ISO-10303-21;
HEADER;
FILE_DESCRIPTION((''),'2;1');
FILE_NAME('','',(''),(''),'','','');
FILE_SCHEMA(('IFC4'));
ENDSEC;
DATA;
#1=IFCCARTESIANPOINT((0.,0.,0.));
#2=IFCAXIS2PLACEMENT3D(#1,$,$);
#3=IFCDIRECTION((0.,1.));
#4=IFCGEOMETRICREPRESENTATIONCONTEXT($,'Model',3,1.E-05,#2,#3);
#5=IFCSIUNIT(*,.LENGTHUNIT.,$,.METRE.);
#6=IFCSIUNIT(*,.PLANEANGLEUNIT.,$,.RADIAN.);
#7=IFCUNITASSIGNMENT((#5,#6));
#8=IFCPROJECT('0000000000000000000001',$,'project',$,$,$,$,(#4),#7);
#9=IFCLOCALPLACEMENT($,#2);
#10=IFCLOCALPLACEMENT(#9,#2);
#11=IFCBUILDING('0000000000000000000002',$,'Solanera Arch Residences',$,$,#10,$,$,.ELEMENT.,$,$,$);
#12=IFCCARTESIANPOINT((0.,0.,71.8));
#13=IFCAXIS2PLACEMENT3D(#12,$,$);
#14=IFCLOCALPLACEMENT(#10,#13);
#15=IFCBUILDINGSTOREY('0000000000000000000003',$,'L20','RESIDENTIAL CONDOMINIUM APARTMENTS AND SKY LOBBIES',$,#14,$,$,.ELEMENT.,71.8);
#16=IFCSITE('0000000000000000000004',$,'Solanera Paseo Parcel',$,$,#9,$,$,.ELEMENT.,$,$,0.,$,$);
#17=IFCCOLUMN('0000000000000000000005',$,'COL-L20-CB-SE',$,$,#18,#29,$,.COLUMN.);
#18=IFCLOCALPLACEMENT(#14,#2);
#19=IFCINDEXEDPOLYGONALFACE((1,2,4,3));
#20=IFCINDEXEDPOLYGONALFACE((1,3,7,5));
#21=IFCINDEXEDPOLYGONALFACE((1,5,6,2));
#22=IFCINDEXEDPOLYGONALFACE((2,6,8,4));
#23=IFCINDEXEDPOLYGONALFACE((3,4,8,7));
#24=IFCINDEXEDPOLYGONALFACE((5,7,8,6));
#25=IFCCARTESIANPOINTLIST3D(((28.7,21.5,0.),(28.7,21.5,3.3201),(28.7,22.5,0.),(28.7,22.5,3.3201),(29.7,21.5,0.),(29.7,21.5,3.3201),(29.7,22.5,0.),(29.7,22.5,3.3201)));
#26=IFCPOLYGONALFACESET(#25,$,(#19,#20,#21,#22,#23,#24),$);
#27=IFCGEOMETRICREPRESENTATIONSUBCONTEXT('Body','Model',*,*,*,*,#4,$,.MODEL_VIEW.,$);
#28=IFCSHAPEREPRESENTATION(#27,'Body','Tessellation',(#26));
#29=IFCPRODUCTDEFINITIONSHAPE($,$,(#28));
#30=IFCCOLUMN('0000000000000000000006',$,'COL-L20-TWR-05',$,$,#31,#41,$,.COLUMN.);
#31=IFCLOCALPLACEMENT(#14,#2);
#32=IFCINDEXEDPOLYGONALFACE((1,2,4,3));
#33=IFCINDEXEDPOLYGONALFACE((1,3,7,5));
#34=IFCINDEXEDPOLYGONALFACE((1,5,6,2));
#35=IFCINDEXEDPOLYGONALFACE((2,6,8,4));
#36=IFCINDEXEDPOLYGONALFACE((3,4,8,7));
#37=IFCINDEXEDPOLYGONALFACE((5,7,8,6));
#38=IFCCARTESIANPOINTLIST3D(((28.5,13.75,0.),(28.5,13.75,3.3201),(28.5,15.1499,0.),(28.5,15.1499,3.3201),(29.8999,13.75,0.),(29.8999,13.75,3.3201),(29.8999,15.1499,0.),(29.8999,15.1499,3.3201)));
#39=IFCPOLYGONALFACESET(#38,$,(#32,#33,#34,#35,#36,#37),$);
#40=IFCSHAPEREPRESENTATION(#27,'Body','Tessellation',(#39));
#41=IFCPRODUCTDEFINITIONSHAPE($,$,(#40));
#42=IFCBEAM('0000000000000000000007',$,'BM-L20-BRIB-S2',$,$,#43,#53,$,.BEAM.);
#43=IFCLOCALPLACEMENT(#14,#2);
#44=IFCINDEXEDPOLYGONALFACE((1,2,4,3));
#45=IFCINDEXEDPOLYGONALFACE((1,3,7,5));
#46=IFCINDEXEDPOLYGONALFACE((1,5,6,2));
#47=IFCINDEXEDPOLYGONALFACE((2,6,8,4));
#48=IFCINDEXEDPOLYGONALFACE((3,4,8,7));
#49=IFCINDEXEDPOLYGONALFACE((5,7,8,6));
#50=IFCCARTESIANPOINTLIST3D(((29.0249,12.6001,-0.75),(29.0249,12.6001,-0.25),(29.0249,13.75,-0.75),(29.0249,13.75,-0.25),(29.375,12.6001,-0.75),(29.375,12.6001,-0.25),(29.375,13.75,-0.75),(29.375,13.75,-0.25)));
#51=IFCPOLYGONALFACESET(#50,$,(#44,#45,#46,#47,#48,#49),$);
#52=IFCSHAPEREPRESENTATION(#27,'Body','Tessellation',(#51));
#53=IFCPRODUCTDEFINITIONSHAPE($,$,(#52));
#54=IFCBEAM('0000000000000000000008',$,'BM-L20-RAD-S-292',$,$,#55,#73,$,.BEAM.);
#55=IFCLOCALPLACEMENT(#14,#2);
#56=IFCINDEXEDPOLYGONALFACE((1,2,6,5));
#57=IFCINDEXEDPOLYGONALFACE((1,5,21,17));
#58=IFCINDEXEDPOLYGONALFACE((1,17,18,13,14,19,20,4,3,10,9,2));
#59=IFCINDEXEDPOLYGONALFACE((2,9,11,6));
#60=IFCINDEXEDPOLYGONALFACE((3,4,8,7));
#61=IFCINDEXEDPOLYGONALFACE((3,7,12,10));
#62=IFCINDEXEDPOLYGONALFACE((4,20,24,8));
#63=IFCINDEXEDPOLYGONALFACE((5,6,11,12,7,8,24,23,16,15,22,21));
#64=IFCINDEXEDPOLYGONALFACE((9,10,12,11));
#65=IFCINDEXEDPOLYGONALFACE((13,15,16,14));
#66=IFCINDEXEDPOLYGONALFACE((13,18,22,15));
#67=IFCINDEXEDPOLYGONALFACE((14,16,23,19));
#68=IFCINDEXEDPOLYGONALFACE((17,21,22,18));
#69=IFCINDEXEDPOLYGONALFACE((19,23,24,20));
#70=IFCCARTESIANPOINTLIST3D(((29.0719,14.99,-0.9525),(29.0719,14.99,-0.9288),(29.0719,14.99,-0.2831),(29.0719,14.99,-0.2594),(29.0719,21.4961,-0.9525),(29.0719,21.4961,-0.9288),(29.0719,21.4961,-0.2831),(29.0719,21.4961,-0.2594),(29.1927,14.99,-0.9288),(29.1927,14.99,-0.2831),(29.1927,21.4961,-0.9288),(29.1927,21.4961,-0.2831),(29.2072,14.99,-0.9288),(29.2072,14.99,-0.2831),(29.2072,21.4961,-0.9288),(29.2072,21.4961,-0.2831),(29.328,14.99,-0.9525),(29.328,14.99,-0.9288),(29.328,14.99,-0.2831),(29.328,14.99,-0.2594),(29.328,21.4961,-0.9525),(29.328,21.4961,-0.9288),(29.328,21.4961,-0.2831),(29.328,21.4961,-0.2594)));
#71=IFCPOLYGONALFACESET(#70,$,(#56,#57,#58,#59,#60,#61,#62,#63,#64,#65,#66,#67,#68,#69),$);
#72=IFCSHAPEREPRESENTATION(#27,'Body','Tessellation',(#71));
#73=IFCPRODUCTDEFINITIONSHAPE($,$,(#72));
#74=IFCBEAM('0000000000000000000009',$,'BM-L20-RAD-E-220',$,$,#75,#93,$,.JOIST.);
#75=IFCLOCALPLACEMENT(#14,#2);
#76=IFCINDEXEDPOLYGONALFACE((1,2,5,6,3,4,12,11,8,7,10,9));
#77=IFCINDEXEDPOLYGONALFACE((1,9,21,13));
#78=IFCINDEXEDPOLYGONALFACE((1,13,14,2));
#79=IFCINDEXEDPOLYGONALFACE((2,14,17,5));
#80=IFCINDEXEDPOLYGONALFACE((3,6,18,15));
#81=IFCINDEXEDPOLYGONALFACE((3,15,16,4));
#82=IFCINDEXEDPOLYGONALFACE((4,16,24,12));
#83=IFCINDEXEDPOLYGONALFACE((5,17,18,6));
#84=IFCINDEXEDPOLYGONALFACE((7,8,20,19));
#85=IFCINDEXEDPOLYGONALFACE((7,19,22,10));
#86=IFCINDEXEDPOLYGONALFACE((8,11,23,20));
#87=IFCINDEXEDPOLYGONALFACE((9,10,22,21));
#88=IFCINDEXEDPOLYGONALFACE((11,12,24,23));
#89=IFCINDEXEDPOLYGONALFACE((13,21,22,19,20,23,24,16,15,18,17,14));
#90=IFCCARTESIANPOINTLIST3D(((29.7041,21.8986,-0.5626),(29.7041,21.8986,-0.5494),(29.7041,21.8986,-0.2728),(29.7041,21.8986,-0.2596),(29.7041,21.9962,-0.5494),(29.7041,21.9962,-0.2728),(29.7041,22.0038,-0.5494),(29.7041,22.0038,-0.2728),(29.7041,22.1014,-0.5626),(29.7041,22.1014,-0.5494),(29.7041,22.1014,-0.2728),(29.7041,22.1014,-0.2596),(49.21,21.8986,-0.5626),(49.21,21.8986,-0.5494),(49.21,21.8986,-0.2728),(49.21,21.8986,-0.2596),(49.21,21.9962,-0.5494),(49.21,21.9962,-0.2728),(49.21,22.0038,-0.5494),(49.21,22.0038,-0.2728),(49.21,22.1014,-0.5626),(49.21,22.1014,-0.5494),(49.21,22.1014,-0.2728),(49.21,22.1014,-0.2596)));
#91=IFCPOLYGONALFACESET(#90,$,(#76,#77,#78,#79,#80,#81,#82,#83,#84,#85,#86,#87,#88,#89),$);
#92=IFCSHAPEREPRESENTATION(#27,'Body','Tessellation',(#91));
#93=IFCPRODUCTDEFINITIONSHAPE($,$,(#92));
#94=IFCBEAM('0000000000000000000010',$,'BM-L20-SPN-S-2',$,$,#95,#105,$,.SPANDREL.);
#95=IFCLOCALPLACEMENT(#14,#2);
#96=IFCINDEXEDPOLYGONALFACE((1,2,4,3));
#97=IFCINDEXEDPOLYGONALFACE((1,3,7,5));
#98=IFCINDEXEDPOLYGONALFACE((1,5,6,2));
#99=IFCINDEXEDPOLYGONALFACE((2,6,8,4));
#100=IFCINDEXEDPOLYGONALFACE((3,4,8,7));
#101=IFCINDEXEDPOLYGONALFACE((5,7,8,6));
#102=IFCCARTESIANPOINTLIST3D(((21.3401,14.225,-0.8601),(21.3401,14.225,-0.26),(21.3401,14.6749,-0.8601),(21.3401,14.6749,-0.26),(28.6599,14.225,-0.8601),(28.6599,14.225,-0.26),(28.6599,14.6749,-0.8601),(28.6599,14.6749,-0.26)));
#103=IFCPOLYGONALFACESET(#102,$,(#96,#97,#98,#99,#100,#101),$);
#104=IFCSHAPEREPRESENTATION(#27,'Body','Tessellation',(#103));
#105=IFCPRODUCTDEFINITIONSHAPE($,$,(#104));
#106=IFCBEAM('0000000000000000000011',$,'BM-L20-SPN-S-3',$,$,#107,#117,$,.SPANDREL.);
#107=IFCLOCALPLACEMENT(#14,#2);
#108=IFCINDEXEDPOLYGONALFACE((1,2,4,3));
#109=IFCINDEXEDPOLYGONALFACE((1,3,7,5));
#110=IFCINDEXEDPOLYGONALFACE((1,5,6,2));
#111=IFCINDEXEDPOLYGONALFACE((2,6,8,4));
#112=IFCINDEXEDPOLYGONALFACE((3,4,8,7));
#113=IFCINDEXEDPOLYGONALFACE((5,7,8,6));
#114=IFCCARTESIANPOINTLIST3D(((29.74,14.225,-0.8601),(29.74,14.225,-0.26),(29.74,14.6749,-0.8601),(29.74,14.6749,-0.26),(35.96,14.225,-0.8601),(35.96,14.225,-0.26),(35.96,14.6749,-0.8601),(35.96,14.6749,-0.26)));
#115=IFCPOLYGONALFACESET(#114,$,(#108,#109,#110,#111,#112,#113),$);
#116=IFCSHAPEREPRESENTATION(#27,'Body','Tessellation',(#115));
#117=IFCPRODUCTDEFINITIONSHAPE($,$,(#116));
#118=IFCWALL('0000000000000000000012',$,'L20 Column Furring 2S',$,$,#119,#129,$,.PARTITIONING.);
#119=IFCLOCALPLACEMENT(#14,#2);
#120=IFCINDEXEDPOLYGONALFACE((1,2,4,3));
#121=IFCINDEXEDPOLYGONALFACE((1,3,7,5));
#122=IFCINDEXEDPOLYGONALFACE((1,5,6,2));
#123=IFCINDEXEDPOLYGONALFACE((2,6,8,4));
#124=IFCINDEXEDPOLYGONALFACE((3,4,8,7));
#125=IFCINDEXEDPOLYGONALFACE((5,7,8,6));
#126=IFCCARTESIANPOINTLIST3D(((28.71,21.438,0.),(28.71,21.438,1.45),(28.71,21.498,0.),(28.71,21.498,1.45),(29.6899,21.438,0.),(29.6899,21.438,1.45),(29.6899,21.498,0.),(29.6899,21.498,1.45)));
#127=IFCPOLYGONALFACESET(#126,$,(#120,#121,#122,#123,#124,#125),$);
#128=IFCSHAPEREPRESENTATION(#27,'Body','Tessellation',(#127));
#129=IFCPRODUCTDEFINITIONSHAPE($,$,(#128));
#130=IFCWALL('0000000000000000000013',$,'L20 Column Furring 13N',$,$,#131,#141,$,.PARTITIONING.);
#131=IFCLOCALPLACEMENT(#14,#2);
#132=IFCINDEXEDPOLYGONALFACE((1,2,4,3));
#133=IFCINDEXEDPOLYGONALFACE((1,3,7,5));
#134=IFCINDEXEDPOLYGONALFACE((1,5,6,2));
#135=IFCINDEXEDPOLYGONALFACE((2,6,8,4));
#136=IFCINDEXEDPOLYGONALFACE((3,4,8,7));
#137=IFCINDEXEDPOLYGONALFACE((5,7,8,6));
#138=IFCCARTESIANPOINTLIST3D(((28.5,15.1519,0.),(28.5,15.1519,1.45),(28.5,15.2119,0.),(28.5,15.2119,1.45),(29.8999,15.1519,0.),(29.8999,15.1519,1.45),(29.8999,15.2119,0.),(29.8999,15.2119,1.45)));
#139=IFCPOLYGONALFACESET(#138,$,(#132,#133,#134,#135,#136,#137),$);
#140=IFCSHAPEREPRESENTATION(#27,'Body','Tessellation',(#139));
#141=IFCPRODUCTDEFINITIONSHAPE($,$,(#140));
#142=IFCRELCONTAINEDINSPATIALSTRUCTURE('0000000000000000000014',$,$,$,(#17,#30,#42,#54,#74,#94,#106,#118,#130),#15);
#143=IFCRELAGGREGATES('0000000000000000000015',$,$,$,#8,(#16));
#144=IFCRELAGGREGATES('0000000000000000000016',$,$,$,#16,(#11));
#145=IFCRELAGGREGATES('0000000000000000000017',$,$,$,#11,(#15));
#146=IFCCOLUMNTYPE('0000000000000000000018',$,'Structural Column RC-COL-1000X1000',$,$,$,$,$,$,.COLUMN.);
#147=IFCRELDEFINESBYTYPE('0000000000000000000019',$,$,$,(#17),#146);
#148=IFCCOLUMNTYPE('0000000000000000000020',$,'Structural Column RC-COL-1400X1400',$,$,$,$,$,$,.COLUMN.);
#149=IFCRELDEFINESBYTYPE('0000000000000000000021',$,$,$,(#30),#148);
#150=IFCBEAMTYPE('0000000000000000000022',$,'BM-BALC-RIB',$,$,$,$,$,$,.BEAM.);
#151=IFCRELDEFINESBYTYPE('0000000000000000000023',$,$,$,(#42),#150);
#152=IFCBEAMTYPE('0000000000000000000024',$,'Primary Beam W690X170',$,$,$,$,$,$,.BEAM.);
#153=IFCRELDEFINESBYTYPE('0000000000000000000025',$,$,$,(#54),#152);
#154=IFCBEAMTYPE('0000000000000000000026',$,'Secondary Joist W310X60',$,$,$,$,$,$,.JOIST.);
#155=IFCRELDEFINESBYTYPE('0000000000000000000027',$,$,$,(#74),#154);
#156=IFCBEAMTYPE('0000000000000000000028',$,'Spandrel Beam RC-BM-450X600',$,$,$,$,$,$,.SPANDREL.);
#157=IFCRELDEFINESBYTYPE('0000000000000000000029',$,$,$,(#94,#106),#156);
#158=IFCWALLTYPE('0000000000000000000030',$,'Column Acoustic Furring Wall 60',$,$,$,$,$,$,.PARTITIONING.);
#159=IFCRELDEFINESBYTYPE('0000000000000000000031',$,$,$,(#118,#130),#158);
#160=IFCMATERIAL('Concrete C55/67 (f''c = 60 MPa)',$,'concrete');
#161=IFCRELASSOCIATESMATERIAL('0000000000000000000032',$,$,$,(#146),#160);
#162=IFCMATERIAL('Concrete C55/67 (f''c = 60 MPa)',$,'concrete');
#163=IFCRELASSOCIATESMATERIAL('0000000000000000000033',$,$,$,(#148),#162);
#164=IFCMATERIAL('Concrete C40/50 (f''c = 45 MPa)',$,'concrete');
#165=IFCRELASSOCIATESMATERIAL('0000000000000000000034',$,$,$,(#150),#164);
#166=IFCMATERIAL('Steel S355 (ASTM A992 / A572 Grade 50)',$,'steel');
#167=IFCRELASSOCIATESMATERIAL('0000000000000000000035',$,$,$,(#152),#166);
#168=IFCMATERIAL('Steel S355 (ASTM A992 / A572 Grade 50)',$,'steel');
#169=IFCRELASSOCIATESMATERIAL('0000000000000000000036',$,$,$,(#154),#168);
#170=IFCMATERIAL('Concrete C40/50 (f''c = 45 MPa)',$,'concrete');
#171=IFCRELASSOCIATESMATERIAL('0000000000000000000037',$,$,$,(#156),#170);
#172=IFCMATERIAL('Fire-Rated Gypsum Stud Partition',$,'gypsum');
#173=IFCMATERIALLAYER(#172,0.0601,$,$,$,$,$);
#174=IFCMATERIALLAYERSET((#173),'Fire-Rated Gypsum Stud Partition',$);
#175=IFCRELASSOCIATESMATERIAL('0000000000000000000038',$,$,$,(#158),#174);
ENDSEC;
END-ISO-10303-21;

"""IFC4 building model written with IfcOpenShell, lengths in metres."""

from ifc_helpers import new_model, si_unit, direction, frame, frame_2d, origin, origin_2d, place, context, subcontext, project, spatial, rectangle, i_section, extrude, material, layer, layer_set, material_profile, profile_set, type_object, element, save


model = new_model("IFC4")

# Units and contexts
model_context = context("Model", 3, precision=1e-05, world=origin(), true_north=direction((0.0, 1.0)))
body_context = subcontext(model_context, "Body", "Model", "MODEL_VIEW")
ifc_project = project(units=[si_unit("LENGTHUNIT", "METRE"), si_unit("PLANEANGLEUNIT", "RADIAN")], contexts=[model_context])

# Site, building, storey
site_placement = place(None, origin())
site = spatial("IfcSite", under=ifc_project, at=site_placement, Name="Solanera Paseo Parcel", CompositionType="ELEMENT", RefElevation=0.0)
building_placement = place(site_placement, origin())
building = spatial("IfcBuilding", under=site, at=building_placement, Name="Solanera Arch Residences", CompositionType="ELEMENT")
storey_placement = place(building_placement, frame((0.0, 0.0, 71.8)))
storey = spatial("IfcBuildingStorey", under=building, at=storey_placement, Name="L20", Description="RESIDENTIAL CONDOMINIUM APARTMENTS AND SKY LOBBIES", CompositionType="ELEMENT", Elevation=71.8)

# Columns
ifc_material_1 = material(Name="Concrete C55/67 (f'c = 60 MPa)", Category="concrete")
ifc_material_profile_1 = material_profile(ifc_material_1, rectangle(XDim=1.0, YDim=1.0, at=origin_2d()))
ifc_profile_set_1 = profile_set([ifc_material_profile_1], Name="Concrete C55/67 (f'c = 60 MPa)")
column_type_1 = type_object("IfcColumnType", Name="Structural Column RC-COL-1000X1000", PredefinedType="COLUMN", material=ifc_profile_set_1)
column_1_placement = place(storey_placement, frame((29.2, 22.0, 0.0), z_axis=(0.0, 0.0, 1.0), x_axis=(1.0, 0.0, 0.0)))
element("IfcColumn", 1, at=column_1_placement, inside=storey, type_object=column_type_1, Name="COL-L20-CB-SE", PredefinedType="COLUMN", context=body_context, shape_type="SweptSolid", body=[
    extrude(rectangle(XDim=1.0, YDim=1.0, at=origin_2d()), origin(), (0.0, 0.0, 1.0), 3.3201),
])
ifc_material_2 = material(Name="Concrete C55/67 (f'c = 60 MPa)", Category="concrete")
ifc_material_profile_2 = material_profile(ifc_material_2, rectangle(XDim=1.3999, YDim=1.3999, at=origin_2d()))
ifc_profile_set_2 = profile_set([ifc_material_profile_2], Name="Concrete C55/67 (f'c = 60 MPa)")
column_type_2 = type_object("IfcColumnType", Name="Structural Column RC-COL-1400X1400", PredefinedType="COLUMN", material=ifc_profile_set_2)
column_2_placement = place(storey_placement, frame((29.2, 14.45, 0.0), z_axis=(0.0, 0.0, 1.0), x_axis=(1.0, 0.0, 0.0)))
element("IfcColumn", 2, at=column_2_placement, inside=storey, type_object=column_type_2, Name="COL-L20-TWR-05", PredefinedType="COLUMN", context=body_context, shape_type="SweptSolid", body=[
    extrude(rectangle(XDim=1.3999, YDim=1.3999, at=origin_2d()), origin(), (0.0, 0.0, 1.0), 3.3201),
])

# Beams
ifc_material_3 = material(Name="Concrete C40/50 (f'c = 45 MPa)", Category="concrete")
ifc_material_profile_3 = material_profile(ifc_material_3, rectangle(XDim=0.3501, YDim=0.5, at=origin_2d()))
ifc_profile_set_3 = profile_set([ifc_material_profile_3], Name="Concrete C40/50 (f'c = 45 MPa)")
beam_type_1 = type_object("IfcBeamType", Name="BM-BALC-RIB", PredefinedType="BEAM", material=ifc_profile_set_3)
beam_1_placement = place(storey_placement, frame((29.2, 12.6001, -0.5), z_axis=(0.0, 1.0, 0.0), x_axis=(-1.0, 0.0, 0.0)))
element("IfcBeam", 3, at=beam_1_placement, inside=storey, type_object=beam_type_1, Name="BM-L20-BRIB-S2", PredefinedType="BEAM", context=body_context, shape_type="SweptSolid", body=[
    extrude(rectangle(XDim=0.3501, YDim=0.5, at=origin_2d()), origin(), (0.0, 0.0, 1.0), 1.1499),
])
ifc_material_4 = material(Name="Steel S355 (ASTM A992 / A572 Grade 50)", Category="steel")
ifc_material_profile_4 = material_profile(ifc_material_4, i_section(OverallWidth=0.2561, OverallDepth=0.6931, WebThickness=0.0144, FlangeThickness=0.0237, at=origin_2d()))
ifc_profile_set_4 = profile_set([ifc_material_profile_4], Name="Steel S355 (ASTM A992 / A572 Grade 50)")
beam_type_2 = type_object("IfcBeamType", Name="Primary Beam W690X170", PredefinedType="BEAM", material=ifc_profile_set_4)
beam_2_placement = place(storey_placement, frame((29.2, 14.99, -0.606), z_axis=(0.0, 1.0, 0.0), x_axis=(-1.0, 0.0, 0.0)))
element("IfcBeam", 4, at=beam_2_placement, inside=storey, type_object=beam_type_2, Name="BM-L20-RAD-S-292", PredefinedType="BEAM", context=body_context, shape_type="SweptSolid", body=[
    extrude(i_section(OverallWidth=0.2561, OverallDepth=0.6931, WebThickness=0.0144, FlangeThickness=0.0237, at=origin_2d()), origin(), (0.0, 0.0, 1.0), 6.5061),
])
ifc_material_5 = material(Name="Steel S355 (ASTM A992 / A572 Grade 50)", Category="steel")
ifc_material_profile_5 = material_profile(ifc_material_5, i_section(OverallWidth=0.2029, OverallDepth=0.303, WebThickness=0.0076, FlangeThickness=0.0132, at=origin_2d()))
ifc_profile_set_5 = profile_set([ifc_material_profile_5], Name="Steel S355 (ASTM A992 / A572 Grade 50)")
beam_type_3 = type_object("IfcBeamType", Name="Secondary Joist W310X60", PredefinedType="JOIST", material=ifc_profile_set_5)
beam_3_placement = place(storey_placement, frame((29.7041, 22.0, -0.4111), z_axis=(1.0, 0.0, 0.0), x_axis=(0.0, 1.0, 0.0)))
element("IfcBeam", 5, at=beam_3_placement, inside=storey, type_object=beam_type_3, Name="BM-L20-RAD-E-220", PredefinedType="JOIST", context=body_context, shape_type="SweptSolid", body=[
    extrude(i_section(OverallWidth=0.2029, OverallDepth=0.303, WebThickness=0.0076, FlangeThickness=0.0132, at=origin_2d()), origin(), (0.0, 0.0, 1.0), 19.5059),
])
ifc_material_6 = material(Name="Concrete C40/50 (f'c = 45 MPa)", Category="concrete")
ifc_material_profile_6 = material_profile(ifc_material_6, rectangle(XDim=0.45, YDim=0.6001, at=origin_2d()))
ifc_profile_set_6 = profile_set([ifc_material_profile_6], Name="Concrete C40/50 (f'c = 45 MPa)")
beam_type_4 = type_object("IfcBeamType", Name="Spandrel Beam RC-BM-450X600", PredefinedType="SPANDREL", material=ifc_profile_set_6)
beam_4_placement = place(storey_placement, frame((21.3401, 14.45, -0.5601), z_axis=(1.0, 0.0, 0.0), x_axis=(0.0, 1.0, 0.0)))
element("IfcBeam", 6, at=beam_4_placement, inside=storey, type_object=beam_type_4, Name="BM-L20-SPN-S-2", PredefinedType="SPANDREL", context=body_context, shape_type="SweptSolid", body=[
    extrude(rectangle(XDim=0.45, YDim=0.6001, at=origin_2d()), origin(), (0.0, 0.0, 1.0), 7.3198),
])
beam_5_placement = place(storey_placement, frame((29.74, 14.45, -0.5601), z_axis=(1.0, 0.0, 0.0), x_axis=(0.0, 1.0, 0.0)))
element("IfcBeam", 7, at=beam_5_placement, inside=storey, type_object=beam_type_4, Name="BM-L20-SPN-S-3", PredefinedType="SPANDREL", context=body_context, shape_type="SweptSolid", body=[
    extrude(rectangle(XDim=0.45, YDim=0.6001, at=origin_2d()), origin(), (0.0, 0.0, 1.0), 6.22),
])

# Walls
ifc_material_7 = material(Name="Fire-Rated Gypsum Stud Partition", Category="gypsum")
ifc_layer_1 = layer(ifc_material_7, 0.0601)
ifc_layer_set_1 = layer_set([ifc_layer_1], Name="Fire-Rated Gypsum Stud Partition")
wall_type_1 = type_object("IfcWallType", Name="Column Acoustic Furring Wall 60", PredefinedType="PARTITIONING", material=ifc_layer_set_1)
wall_1_placement = place(storey_placement, frame((28.71, 21.468, 0.0), z_axis=(0.0, 0.0, 1.0), x_axis=(1.0, 0.0, 0.0)))
element("IfcWall", 8, at=wall_1_placement, inside=storey, type_object=wall_type_1, Name="L20 Column Furring 2S", PredefinedType="PARTITIONING", context=body_context, shape_type="SweptSolid", body=[
    extrude(rectangle(XDim=0.98, YDim=0.0601, at=frame_2d((0.49, 0.0))), origin(), (0.0, 0.0, 1.0), 1.45),
])
wall_2_placement = place(storey_placement, frame((28.5, 15.1819, 0.0), z_axis=(0.0, 0.0, 1.0), x_axis=(1.0, 0.0, 0.0)))
element("IfcWall", 9, at=wall_2_placement, inside=storey, type_object=wall_type_1, Name="L20 Column Furring 13N", PredefinedType="PARTITIONING", context=body_context, shape_type="SweptSolid", body=[
    extrude(rectangle(XDim=1.3999, YDim=0.0601, at=frame_2d((0.7, 0.0))), origin(), (0.0, 0.0, 1.0), 1.45),
])

save(model, "model.ifc")
